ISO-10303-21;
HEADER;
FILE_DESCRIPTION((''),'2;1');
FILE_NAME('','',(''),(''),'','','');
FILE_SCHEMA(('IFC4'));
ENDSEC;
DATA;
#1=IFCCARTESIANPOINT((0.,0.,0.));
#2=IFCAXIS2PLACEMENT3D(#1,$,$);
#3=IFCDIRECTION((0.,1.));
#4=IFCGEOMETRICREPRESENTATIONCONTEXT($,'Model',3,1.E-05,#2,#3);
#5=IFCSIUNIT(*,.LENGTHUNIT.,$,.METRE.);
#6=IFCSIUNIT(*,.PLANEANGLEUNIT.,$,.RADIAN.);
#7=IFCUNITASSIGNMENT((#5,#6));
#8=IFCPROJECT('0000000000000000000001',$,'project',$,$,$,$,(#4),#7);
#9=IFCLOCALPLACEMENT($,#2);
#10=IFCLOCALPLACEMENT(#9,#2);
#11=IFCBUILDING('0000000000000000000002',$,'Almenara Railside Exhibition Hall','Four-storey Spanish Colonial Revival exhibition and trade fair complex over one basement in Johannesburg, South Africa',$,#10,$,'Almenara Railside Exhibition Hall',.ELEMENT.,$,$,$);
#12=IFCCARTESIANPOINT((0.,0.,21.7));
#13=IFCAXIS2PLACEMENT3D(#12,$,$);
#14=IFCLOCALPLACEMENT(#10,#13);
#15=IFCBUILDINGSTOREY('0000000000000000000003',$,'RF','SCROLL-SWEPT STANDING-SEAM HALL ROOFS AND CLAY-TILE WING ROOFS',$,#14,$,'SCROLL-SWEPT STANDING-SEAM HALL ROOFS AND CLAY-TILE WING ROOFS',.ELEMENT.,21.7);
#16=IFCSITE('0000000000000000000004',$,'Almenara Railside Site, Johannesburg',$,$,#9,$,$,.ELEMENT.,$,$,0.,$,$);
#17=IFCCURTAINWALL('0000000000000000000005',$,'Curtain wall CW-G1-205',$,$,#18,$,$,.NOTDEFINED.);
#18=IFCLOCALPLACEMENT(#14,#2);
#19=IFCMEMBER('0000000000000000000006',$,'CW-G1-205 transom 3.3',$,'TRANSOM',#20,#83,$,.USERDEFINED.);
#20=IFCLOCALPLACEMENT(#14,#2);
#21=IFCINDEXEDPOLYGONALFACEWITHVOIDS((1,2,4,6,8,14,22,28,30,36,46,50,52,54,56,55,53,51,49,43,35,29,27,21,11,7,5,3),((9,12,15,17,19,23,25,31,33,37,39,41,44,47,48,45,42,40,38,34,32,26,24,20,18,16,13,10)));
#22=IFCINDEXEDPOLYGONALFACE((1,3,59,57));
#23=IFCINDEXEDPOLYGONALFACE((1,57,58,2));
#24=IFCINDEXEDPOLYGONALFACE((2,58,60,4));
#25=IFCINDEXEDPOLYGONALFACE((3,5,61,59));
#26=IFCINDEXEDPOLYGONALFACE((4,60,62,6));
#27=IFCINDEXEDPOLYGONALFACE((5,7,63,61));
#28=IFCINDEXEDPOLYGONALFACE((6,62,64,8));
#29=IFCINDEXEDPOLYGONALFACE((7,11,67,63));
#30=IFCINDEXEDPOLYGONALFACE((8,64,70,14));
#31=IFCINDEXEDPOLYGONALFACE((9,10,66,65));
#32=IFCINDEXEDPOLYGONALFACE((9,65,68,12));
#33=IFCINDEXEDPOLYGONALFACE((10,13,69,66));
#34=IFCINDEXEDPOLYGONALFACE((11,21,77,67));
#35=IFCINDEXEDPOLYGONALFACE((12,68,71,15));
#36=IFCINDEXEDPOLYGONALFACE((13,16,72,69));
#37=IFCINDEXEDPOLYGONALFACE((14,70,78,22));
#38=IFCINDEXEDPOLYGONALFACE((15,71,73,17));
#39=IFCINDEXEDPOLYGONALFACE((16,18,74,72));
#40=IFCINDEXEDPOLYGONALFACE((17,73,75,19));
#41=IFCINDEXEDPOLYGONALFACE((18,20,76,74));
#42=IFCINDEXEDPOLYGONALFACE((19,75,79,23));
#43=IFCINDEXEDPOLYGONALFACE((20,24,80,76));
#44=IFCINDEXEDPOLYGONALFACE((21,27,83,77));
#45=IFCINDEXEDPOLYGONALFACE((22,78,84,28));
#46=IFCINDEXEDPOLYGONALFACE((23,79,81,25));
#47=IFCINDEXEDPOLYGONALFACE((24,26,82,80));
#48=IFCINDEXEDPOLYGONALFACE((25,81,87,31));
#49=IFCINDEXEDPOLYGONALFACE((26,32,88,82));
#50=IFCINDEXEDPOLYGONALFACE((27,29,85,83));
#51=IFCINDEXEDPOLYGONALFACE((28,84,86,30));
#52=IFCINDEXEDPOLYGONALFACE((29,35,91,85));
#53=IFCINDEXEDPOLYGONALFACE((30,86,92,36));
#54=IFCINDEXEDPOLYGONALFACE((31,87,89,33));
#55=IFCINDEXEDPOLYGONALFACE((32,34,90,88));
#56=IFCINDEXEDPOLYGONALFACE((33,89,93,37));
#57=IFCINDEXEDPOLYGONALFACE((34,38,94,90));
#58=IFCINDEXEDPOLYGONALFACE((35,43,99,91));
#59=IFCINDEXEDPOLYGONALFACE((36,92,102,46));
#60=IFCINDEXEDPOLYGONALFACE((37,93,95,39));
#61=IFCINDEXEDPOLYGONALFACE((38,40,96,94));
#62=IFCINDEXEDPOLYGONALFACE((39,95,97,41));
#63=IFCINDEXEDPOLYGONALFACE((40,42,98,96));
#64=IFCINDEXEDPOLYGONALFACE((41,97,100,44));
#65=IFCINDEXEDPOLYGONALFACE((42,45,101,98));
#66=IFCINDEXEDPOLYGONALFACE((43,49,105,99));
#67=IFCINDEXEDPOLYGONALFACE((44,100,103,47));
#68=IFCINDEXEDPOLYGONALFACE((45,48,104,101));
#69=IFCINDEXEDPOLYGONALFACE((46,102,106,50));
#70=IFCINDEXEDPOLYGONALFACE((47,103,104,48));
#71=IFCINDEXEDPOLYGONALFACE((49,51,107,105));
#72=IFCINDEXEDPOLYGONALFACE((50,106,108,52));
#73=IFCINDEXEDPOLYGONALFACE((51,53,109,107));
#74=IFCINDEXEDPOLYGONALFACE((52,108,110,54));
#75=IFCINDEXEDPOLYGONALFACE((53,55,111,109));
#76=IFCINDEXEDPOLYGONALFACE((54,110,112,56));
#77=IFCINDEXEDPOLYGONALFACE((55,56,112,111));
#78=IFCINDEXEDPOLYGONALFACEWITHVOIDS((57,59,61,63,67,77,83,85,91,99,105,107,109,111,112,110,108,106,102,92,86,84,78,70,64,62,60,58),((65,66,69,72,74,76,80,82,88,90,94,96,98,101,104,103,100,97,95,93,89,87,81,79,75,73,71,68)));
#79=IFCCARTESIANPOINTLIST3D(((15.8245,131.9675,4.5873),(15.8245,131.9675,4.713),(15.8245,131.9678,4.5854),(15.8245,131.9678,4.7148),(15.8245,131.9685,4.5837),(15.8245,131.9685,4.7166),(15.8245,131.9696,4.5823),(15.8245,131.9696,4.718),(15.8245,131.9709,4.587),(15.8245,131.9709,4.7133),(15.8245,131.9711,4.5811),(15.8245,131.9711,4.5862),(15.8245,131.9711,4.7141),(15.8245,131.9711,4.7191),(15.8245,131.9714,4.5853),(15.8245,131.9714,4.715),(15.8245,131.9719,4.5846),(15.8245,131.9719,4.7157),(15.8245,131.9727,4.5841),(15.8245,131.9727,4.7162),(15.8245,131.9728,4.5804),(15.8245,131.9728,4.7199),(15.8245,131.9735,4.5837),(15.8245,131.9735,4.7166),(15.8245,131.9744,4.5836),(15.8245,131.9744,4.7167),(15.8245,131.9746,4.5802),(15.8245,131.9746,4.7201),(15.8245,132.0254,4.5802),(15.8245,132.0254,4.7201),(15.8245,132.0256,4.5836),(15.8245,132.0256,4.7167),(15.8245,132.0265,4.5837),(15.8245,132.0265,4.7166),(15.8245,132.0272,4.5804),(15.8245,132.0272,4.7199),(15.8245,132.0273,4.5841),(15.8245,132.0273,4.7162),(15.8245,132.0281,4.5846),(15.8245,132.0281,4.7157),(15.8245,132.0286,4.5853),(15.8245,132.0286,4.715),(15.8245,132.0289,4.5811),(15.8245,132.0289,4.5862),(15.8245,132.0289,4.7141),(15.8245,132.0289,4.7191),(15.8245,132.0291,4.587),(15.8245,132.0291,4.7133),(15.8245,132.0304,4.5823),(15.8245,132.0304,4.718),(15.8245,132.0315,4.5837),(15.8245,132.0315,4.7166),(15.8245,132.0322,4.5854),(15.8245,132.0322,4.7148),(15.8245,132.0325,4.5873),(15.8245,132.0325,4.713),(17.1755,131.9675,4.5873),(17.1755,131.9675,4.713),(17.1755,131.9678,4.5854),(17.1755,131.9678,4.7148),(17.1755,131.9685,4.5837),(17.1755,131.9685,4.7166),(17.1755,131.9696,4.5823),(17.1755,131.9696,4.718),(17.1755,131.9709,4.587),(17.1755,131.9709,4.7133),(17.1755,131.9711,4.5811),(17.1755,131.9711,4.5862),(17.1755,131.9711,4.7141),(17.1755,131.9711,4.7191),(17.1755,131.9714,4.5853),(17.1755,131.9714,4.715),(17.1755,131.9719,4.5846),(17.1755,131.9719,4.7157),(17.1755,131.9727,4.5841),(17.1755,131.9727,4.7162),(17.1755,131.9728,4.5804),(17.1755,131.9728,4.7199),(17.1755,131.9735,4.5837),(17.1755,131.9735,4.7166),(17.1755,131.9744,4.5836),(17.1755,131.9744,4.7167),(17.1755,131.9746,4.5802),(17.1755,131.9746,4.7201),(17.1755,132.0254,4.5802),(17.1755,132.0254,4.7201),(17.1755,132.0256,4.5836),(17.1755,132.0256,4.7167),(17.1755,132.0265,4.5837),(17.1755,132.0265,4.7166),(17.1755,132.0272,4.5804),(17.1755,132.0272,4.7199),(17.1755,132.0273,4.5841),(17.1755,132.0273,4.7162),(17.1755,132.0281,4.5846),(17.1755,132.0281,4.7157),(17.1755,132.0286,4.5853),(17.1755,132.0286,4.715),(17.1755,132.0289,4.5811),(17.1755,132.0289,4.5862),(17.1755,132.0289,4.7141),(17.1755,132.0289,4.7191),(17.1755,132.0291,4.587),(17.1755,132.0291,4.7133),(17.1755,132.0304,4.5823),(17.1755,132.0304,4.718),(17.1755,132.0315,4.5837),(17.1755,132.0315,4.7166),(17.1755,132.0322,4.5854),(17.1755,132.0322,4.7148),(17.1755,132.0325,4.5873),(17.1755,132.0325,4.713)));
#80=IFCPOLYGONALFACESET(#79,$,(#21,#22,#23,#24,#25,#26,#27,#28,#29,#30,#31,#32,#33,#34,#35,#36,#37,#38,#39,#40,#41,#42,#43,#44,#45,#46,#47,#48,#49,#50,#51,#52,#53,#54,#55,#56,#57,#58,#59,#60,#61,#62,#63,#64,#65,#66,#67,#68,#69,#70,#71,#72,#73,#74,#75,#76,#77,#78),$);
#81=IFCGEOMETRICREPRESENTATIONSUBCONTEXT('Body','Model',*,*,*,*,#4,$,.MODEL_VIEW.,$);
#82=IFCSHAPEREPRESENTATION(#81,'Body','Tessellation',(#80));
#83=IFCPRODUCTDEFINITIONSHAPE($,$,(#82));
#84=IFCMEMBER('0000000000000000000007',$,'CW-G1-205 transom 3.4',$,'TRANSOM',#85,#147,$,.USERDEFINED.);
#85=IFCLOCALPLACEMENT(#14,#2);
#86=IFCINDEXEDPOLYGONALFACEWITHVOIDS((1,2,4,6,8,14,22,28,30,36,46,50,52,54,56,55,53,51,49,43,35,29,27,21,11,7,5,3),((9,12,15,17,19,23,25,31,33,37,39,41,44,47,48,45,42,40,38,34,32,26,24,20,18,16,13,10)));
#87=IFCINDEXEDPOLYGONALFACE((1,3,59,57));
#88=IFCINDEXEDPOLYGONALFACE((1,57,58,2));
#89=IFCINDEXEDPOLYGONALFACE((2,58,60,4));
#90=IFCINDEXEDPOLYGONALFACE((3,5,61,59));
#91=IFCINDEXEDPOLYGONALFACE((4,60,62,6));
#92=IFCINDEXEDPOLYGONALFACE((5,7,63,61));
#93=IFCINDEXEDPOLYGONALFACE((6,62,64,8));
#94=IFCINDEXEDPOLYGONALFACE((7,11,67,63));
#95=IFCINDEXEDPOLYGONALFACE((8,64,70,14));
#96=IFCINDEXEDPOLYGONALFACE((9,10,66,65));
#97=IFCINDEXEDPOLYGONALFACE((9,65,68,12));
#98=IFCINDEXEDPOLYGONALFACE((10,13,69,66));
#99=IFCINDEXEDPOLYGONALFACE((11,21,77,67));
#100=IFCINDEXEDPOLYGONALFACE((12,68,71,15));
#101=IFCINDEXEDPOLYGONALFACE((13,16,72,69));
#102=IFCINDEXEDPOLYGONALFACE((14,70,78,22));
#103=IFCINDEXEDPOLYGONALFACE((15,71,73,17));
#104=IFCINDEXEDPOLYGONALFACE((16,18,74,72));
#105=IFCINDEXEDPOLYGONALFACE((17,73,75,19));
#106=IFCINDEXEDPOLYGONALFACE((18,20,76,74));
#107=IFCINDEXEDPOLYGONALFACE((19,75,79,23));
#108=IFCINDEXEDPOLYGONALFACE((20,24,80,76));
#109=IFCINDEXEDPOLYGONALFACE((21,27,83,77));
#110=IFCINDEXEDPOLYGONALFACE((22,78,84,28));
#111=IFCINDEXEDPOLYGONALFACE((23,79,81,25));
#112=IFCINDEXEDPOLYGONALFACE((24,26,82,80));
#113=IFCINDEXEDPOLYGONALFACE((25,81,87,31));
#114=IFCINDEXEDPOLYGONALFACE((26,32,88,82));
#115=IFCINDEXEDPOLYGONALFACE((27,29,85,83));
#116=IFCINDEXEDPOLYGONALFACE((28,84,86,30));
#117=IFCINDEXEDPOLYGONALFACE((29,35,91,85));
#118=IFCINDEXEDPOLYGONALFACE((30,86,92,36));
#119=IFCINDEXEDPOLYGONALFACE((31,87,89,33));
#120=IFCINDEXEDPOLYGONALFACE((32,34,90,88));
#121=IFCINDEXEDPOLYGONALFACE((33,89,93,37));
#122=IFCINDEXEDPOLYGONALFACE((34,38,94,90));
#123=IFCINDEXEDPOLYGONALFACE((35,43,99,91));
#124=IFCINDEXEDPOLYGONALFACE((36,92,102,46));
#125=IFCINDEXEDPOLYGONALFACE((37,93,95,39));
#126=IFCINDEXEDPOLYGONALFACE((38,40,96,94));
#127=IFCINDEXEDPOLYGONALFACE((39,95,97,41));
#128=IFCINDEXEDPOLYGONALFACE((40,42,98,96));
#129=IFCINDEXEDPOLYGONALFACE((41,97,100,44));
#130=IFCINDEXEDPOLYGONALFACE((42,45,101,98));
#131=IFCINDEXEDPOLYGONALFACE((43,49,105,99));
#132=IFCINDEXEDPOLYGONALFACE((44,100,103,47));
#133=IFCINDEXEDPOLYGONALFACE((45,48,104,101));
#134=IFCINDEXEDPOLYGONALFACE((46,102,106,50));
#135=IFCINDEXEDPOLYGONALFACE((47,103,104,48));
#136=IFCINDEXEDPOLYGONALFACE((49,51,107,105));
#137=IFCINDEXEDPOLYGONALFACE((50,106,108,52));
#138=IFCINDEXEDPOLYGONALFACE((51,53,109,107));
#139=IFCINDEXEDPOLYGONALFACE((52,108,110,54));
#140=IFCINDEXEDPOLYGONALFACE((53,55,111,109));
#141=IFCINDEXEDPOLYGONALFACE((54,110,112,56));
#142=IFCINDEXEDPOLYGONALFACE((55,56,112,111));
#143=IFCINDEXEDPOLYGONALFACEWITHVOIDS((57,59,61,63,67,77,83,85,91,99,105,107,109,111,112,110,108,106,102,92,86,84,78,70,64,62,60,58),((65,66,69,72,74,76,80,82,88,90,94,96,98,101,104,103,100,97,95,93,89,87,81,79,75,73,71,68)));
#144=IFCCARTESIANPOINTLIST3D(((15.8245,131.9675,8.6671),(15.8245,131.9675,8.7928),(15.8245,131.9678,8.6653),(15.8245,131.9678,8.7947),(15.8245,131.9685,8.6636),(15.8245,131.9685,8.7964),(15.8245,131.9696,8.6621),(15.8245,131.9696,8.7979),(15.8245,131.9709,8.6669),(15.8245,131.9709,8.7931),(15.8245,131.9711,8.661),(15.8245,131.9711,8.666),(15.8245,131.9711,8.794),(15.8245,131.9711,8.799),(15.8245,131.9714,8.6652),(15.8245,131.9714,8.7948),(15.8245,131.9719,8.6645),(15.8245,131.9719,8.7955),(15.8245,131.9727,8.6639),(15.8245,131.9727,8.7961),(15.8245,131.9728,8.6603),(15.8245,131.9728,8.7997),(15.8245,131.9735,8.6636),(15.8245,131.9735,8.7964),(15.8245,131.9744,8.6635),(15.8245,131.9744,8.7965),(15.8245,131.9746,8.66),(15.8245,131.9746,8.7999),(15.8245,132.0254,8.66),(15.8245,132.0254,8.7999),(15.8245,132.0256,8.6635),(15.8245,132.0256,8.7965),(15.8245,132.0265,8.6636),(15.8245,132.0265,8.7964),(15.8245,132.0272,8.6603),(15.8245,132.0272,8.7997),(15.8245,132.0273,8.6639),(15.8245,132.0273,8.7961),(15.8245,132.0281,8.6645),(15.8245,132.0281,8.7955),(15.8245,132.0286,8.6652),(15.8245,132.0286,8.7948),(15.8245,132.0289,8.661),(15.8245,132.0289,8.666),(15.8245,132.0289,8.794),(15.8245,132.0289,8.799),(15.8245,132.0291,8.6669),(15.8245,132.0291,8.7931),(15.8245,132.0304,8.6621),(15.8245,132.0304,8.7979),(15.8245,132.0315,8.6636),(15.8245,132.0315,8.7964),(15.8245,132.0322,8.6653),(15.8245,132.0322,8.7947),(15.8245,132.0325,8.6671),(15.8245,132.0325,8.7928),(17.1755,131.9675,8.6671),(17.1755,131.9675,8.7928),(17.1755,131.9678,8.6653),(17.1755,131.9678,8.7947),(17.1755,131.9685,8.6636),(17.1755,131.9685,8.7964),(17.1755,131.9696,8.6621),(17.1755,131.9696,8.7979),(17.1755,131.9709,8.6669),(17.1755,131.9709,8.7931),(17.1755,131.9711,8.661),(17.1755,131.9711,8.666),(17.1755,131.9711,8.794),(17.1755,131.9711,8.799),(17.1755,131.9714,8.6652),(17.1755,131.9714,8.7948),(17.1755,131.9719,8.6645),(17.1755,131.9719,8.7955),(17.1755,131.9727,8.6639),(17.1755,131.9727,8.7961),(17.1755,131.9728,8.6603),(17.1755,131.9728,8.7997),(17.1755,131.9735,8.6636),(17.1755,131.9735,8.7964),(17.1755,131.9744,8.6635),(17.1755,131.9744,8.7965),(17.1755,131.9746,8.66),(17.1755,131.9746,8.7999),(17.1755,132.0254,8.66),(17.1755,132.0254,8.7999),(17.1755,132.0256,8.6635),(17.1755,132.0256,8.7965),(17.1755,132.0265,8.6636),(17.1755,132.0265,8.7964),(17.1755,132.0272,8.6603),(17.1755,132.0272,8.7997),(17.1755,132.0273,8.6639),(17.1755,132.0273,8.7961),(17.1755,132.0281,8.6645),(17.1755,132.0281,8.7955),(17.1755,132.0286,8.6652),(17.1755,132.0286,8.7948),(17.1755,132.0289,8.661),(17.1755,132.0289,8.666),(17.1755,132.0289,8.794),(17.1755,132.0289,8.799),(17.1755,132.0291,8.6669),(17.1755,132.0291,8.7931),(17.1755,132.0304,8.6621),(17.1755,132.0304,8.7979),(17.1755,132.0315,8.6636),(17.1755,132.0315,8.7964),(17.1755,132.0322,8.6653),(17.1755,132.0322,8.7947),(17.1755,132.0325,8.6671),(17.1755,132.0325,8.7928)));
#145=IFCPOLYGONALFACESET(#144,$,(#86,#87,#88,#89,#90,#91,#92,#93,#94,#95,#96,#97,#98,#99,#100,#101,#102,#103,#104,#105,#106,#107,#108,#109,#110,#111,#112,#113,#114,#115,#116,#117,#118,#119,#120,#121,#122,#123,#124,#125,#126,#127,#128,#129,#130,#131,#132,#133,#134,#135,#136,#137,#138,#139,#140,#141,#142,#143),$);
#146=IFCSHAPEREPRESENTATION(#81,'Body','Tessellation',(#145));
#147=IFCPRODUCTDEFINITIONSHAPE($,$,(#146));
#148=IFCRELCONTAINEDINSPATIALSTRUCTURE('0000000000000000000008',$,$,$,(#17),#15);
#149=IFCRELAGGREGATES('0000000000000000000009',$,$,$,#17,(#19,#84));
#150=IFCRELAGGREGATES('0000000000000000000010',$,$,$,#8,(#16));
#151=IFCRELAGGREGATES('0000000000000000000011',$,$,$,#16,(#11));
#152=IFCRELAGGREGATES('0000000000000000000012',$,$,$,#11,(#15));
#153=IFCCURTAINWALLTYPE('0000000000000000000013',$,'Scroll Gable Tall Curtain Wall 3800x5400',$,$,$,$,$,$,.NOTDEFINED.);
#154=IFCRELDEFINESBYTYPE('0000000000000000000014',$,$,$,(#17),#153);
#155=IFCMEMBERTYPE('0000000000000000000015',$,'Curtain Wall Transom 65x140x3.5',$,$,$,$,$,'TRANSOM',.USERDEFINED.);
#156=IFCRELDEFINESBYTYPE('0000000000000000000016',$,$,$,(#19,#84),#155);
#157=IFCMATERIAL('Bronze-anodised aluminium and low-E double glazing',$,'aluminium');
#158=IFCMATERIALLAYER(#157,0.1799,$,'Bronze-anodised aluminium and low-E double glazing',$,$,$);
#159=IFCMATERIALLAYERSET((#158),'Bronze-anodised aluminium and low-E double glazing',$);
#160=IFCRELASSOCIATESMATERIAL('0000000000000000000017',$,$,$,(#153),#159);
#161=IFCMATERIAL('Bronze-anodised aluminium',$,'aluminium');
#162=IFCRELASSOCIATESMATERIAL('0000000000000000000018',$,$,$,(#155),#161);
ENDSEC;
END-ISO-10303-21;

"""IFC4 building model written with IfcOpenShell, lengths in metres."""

from ifc_helpers import new_model, si_unit, direction, frame, origin, origin_2d, place, context, subcontext, project, spatial, hollow_rectangle, extrude, material, layer, layer_set, material_profile, profile_set, type_object, element, aggregate, save


model = new_model("IFC4")

# Units and contexts
model_context = context("Model", 3, precision=1e-05, world=origin(), true_north=direction((0.0, 1.0)))
body_context = subcontext(model_context, "Body", "Model", "MODEL_VIEW")
ifc_project = project(units=[si_unit("LENGTHUNIT", "METRE"), si_unit("PLANEANGLEUNIT", "RADIAN")], contexts=[model_context])

# Site, building, storey
site_placement = place(None, origin())
site = spatial("IfcSite", under=ifc_project, at=site_placement, Name="Almenara Railside Site, Johannesburg", CompositionType="ELEMENT", RefElevation=0.0)
building_placement = place(site_placement, origin())
building = spatial("IfcBuilding", under=site, at=building_placement, Name="Almenara Railside Exhibition Hall", Description="Four-storey Spanish Colonial Revival exhibition and trade fair complex over one basement in Johannesburg, South Africa", LongName="Almenara Railside Exhibition Hall", CompositionType="ELEMENT")
storey_placement = place(building_placement, frame((0.0, 0.0, 21.7)))
storey = spatial("IfcBuildingStorey", under=building, at=storey_placement, Name="RF", Description="SCROLL-SWEPT STANDING-SEAM HALL ROOFS AND CLAY-TILE WING ROOFS", LongName="SCROLL-SWEPT STANDING-SEAM HALL ROOFS AND CLAY-TILE WING ROOFS", CompositionType="ELEMENT", Elevation=21.7)

# Curtain wall, members
ifc_material_1 = material(Name="Bronze-anodised aluminium and low-E double glazing", Category="aluminium")
ifc_material_2 = material(Name="Bronze-anodised aluminium", Category="aluminium")
ifc_layer_1 = layer(ifc_material_1, 0.1799, Name="Bronze-anodised aluminium and low-E double glazing")
ifc_layer_set_1 = layer_set([ifc_layer_1], Name="Bronze-anodised aluminium and low-E double glazing")
curtain_wall_type_1 = type_object("IfcCurtainWallType", Name="Scroll Gable Tall Curtain Wall 3800x5400", PredefinedType="NOTDEFINED", material=ifc_layer_set_1)
curtain_wall_1_placement = place(storey_placement, origin())
curtain_wall_1 = element("IfcCurtainWall", 1, at=curtain_wall_1_placement, inside=storey, type_object=curtain_wall_type_1, Name="Curtain wall CW-G1-205", PredefinedType="NOTDEFINED")
ifc_material_profile_1 = material_profile(ifc_material_2, hollow_rectangle(XDim=0.0649, YDim=0.1399, WallThickness=0.0034, InnerFilletRadius=0.0034, OuterFilletRadius=0.0071, at=origin_2d()), Name="ALU-TRN 65x140x3.5")
ifc_profile_set_1 = profile_set([ifc_material_profile_1], Name="Bronze-anodised aluminium")
member_type_1 = type_object("IfcMemberType", Name="Curtain Wall Transom 65x140x3.5", ElementType="TRANSOM", PredefinedType="USERDEFINED", material=ifc_profile_set_1)
member_1_placement = place(storey_placement, frame((15.8245, 132.0, 4.6501), z_axis=(1.0, 0.0, 0.0), x_axis=(0.0, 1.0, 0.0)))
member_1 = element("IfcMember", 2, at=member_1_placement, type_object=member_type_1, Name="CW-G1-205 transom 3.3", ObjectType="TRANSOM", PredefinedType="USERDEFINED", context=body_context, shape_type="SweptSolid", body=[
    extrude(hollow_rectangle(XDim=0.0649, YDim=0.1399, WallThickness=0.0034, InnerFilletRadius=0.0034, OuterFilletRadius=0.0071, at=origin_2d()), origin(), (0.0, 0.0, 1.0), 1.3511),
])
member_2_placement = place(storey_placement, frame((15.8245, 132.0, 8.73), z_axis=(1.0, 0.0, 0.0), x_axis=(0.0, 1.0, 0.0)))
member_2 = element("IfcMember", 3, at=member_2_placement, type_object=member_type_1, Name="CW-G1-205 transom 3.4", ObjectType="TRANSOM", PredefinedType="USERDEFINED", context=body_context, shape_type="SweptSolid", body=[
    extrude(hollow_rectangle(XDim=0.0649, YDim=0.1399, WallThickness=0.0034, InnerFilletRadius=0.0034, OuterFilletRadius=0.0071, at=origin_2d()), origin(), (0.0, 0.0, 1.0), 1.3511),
])

aggregate(curtain_wall_1, [member_1, member_2])

save(model, "model.ifc")
